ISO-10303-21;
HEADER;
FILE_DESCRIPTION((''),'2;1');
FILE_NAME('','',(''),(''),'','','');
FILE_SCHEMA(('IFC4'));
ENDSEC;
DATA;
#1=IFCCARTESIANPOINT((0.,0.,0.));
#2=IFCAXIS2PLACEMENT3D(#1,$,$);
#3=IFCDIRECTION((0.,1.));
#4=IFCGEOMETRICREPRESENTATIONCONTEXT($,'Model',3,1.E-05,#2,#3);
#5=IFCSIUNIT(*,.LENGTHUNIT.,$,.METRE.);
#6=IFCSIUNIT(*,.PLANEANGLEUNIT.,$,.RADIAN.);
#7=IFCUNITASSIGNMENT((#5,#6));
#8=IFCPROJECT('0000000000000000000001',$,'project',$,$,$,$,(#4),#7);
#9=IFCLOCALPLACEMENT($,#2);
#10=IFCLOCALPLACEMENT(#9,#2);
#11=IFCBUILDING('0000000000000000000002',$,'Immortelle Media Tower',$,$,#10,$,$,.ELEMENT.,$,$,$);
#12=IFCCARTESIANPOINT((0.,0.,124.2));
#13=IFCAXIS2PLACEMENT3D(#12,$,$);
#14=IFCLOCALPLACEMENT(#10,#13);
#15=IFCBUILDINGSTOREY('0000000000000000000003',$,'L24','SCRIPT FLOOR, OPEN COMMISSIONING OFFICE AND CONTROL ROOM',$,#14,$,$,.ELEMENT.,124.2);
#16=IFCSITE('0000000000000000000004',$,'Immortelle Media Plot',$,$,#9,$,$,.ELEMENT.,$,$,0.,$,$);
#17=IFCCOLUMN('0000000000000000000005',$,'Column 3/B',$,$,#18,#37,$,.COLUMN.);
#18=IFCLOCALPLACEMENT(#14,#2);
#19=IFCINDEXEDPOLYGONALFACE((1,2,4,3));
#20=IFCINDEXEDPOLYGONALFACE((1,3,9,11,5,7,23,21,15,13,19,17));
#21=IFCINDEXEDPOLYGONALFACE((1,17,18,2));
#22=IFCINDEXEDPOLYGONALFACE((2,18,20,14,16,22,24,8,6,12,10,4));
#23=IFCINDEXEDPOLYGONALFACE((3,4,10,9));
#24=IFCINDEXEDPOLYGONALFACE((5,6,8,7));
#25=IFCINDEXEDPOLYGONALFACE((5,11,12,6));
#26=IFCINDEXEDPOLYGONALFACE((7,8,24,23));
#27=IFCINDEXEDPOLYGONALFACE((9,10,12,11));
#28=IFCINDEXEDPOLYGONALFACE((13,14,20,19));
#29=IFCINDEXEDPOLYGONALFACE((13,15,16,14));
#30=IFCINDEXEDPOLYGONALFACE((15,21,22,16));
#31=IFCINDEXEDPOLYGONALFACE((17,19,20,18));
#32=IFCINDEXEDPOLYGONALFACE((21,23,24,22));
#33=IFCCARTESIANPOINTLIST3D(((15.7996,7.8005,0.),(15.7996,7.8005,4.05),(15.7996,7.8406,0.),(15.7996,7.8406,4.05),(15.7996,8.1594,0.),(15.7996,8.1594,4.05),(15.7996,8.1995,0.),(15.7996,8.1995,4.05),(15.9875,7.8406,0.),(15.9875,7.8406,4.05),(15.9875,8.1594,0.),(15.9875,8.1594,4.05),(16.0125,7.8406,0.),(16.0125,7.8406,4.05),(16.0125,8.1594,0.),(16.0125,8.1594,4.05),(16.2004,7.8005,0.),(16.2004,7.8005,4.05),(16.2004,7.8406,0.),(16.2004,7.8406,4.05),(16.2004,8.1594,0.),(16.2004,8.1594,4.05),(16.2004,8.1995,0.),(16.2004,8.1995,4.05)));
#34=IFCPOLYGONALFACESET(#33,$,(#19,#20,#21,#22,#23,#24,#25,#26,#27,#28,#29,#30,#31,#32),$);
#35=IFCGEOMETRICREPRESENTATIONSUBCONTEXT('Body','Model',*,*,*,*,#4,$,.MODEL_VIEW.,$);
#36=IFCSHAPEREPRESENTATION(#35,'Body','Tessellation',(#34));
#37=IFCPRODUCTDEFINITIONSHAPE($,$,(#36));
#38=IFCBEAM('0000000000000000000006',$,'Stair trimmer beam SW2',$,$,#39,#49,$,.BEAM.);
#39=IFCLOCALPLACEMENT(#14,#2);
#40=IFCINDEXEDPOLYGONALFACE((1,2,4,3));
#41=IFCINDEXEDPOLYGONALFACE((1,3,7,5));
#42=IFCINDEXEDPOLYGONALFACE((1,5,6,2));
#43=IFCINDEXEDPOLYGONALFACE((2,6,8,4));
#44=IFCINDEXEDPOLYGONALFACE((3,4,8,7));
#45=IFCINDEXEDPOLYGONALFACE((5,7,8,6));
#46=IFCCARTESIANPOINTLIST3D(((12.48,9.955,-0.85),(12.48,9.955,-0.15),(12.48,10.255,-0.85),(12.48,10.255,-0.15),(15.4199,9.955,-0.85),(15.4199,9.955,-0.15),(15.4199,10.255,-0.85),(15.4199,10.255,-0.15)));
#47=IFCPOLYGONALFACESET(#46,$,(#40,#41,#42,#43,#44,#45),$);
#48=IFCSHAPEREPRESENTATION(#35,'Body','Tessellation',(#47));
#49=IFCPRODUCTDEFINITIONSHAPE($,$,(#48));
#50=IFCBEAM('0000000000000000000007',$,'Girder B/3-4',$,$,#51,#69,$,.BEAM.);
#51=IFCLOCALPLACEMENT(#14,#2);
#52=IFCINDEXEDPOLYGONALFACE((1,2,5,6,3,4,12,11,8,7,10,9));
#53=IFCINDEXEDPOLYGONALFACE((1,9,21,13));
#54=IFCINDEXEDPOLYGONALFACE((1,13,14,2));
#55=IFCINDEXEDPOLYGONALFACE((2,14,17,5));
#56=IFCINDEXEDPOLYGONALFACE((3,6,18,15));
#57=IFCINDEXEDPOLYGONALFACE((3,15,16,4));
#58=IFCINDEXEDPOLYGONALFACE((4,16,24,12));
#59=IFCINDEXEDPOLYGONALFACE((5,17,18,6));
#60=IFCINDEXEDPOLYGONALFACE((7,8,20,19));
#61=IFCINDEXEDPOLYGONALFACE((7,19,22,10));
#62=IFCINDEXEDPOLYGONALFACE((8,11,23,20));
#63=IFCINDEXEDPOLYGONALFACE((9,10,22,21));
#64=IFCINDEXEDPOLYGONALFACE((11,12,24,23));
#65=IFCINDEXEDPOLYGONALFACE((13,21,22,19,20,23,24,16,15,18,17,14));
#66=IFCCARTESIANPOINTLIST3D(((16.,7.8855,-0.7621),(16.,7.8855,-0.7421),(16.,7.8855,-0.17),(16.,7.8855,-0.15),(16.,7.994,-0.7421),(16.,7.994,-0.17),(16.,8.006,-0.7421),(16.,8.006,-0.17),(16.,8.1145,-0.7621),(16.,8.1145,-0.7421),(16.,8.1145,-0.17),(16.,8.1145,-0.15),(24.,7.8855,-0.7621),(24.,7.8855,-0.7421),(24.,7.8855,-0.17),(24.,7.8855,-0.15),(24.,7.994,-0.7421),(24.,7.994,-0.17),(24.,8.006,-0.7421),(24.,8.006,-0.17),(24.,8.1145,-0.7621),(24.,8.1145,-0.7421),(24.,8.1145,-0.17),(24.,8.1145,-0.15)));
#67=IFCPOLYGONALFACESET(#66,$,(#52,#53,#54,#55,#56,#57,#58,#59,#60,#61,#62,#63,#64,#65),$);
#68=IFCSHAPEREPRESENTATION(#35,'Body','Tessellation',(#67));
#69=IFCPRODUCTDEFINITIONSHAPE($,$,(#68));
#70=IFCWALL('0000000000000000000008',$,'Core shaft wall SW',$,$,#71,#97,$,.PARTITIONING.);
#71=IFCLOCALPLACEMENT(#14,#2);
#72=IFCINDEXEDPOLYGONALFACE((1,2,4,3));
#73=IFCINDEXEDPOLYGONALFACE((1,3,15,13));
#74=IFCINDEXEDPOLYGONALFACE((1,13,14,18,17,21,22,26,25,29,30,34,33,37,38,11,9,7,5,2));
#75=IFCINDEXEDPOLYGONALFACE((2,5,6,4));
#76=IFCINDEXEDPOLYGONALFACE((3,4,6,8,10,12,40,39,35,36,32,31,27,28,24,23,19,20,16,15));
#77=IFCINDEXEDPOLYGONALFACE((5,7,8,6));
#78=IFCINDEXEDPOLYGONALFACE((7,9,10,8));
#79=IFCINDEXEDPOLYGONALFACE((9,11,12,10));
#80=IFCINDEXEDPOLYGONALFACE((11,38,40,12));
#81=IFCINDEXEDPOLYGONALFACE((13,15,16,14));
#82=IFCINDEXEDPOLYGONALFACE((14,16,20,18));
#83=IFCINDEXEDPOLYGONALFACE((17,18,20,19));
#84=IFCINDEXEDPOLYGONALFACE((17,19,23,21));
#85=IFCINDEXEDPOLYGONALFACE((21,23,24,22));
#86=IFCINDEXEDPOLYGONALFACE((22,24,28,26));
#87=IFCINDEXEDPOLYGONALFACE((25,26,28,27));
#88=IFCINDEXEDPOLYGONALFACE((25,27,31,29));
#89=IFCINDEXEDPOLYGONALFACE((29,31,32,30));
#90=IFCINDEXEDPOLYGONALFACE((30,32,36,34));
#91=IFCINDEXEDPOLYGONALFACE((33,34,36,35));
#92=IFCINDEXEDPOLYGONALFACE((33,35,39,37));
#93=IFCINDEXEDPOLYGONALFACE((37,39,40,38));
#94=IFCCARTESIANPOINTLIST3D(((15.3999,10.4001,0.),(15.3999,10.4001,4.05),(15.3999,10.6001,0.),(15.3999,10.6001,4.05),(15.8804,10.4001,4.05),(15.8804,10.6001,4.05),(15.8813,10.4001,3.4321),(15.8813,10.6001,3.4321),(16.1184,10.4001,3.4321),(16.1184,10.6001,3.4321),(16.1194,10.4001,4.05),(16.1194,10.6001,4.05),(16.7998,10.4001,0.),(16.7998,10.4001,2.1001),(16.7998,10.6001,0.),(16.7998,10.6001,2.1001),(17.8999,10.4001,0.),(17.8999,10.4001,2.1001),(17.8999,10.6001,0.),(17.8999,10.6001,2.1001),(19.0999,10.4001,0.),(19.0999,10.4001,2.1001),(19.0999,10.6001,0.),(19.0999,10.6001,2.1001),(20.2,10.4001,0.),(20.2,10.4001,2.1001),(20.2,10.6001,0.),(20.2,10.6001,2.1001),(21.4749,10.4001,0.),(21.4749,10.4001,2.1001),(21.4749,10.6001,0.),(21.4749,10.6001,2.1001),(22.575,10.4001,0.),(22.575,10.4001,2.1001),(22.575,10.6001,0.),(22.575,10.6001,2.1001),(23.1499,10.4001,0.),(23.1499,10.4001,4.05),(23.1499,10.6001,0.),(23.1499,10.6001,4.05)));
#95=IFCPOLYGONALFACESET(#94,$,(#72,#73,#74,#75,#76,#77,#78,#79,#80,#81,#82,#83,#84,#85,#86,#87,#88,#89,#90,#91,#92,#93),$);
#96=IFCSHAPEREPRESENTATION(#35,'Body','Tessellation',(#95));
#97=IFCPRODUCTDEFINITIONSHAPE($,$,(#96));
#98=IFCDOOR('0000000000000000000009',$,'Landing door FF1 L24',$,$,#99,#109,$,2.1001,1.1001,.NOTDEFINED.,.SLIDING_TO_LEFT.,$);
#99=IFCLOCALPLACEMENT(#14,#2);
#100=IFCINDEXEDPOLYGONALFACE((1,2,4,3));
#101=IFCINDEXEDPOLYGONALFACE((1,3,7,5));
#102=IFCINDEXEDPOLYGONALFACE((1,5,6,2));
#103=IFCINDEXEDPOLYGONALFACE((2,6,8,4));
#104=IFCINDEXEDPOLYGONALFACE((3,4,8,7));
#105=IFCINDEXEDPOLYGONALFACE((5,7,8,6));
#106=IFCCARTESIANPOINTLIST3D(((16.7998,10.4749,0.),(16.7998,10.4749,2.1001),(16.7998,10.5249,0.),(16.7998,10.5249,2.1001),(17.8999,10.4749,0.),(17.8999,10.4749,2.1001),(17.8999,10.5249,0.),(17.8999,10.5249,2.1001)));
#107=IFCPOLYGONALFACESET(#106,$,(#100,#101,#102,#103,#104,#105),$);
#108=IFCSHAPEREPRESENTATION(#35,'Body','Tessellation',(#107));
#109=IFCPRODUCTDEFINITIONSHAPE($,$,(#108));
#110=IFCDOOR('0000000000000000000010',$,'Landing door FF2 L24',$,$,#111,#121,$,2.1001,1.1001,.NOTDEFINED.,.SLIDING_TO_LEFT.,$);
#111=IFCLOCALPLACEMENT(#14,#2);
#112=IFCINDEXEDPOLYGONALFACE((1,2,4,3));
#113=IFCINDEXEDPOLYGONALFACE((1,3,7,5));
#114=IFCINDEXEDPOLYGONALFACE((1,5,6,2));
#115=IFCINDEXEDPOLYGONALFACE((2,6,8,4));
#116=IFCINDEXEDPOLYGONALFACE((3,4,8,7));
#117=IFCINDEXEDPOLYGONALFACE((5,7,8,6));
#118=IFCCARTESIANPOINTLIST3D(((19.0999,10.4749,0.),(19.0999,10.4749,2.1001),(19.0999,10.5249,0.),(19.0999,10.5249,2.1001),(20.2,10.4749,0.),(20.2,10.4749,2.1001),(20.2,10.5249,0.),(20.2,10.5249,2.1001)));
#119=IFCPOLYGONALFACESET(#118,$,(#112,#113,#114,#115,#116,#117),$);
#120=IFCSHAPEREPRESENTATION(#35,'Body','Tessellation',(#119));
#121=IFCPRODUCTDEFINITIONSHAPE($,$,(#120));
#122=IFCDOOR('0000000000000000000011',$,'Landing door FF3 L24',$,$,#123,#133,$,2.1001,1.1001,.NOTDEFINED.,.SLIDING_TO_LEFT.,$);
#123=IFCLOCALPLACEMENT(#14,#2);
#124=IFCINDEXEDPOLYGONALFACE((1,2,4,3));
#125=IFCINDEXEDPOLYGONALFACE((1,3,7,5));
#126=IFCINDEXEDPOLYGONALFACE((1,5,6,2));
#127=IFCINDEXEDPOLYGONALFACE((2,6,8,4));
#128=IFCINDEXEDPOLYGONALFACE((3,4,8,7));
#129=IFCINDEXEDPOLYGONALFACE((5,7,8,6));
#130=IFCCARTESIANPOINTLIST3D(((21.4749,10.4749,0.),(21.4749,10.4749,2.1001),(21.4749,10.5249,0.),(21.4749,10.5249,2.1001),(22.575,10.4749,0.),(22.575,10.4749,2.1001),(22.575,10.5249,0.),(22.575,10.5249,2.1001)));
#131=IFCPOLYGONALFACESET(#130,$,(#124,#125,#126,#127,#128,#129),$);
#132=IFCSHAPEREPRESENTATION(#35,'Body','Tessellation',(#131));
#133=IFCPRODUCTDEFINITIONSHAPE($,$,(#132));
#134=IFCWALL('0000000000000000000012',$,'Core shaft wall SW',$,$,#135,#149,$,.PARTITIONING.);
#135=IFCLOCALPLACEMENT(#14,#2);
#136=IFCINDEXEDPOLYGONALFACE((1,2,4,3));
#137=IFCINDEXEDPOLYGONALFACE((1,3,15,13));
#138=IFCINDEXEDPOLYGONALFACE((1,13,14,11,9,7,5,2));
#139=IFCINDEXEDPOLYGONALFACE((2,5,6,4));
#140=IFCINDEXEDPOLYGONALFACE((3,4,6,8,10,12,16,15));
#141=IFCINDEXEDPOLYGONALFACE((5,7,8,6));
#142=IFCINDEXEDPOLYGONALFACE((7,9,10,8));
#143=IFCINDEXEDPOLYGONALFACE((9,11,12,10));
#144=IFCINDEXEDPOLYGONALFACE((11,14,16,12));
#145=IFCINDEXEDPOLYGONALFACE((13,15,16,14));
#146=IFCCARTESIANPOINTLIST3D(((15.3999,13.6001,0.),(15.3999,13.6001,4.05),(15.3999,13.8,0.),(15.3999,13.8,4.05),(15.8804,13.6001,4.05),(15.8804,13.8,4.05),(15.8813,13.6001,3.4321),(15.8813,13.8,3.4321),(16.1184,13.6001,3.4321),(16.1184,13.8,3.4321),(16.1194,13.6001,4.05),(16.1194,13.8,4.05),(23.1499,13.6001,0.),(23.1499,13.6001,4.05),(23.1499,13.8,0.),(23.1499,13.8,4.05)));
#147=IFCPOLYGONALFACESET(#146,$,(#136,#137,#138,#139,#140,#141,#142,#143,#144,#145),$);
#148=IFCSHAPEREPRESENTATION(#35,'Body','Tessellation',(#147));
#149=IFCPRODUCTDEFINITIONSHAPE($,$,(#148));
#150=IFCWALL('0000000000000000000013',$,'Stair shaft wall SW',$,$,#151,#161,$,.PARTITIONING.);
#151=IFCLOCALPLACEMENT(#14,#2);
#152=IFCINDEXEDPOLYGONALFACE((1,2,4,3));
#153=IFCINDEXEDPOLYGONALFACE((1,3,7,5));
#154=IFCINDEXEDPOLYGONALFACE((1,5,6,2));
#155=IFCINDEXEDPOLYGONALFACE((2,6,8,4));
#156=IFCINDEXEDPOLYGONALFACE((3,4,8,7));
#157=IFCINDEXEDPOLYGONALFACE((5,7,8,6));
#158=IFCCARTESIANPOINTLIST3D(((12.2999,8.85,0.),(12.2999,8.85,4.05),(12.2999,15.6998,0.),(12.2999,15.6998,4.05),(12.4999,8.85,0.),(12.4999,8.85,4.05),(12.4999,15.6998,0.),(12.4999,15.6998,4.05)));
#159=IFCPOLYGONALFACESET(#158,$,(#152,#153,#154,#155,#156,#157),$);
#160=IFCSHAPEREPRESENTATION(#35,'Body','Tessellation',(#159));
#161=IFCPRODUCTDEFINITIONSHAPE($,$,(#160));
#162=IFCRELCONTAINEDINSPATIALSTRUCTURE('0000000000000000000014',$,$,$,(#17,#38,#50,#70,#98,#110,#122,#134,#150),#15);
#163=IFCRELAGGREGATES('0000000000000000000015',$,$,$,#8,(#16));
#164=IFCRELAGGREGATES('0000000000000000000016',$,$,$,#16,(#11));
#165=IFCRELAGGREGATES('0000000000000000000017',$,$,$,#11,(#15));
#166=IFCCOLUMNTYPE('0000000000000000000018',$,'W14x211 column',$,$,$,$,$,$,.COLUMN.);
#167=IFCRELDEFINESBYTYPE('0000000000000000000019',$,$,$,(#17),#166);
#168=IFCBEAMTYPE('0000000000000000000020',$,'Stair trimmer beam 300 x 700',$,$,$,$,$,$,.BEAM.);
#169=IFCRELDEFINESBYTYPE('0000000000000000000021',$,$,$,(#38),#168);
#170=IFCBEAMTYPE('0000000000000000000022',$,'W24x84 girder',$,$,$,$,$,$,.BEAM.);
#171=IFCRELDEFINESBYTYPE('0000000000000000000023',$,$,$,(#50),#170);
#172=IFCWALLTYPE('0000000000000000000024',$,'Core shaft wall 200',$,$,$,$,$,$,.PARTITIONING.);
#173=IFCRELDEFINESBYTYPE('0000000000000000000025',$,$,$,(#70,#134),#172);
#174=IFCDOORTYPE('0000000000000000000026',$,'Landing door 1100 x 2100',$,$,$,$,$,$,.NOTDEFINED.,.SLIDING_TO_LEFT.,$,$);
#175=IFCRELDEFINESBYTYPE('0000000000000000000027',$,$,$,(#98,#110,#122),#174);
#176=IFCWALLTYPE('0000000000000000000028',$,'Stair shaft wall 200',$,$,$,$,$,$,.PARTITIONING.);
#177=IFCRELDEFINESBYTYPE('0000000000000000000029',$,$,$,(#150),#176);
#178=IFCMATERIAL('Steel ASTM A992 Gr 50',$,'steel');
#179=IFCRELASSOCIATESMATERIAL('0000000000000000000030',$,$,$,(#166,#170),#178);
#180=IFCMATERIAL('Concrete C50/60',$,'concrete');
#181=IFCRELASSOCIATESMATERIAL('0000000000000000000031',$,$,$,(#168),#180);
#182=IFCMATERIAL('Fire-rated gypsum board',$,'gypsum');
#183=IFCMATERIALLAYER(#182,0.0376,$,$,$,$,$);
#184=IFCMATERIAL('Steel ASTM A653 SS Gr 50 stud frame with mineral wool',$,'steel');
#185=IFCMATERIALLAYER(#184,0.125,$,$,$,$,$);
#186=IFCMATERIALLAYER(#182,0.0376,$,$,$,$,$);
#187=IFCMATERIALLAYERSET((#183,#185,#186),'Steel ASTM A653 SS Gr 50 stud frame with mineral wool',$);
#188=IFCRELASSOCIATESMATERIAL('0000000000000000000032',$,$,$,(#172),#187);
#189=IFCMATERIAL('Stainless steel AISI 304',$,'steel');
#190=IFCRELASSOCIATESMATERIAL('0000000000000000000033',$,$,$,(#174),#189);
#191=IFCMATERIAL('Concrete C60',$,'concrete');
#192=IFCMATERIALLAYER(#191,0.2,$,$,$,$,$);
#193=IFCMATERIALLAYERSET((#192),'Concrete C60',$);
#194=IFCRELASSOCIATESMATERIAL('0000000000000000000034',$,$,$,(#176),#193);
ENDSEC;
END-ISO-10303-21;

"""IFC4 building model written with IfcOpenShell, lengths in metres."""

from ifc_helpers import new_model, si_unit, direction, frame, frame_2d, origin, origin_2d, place, context, subcontext, project, spatial, polyline, rectangle, i_section, outline, extrude, material, layer, layer_set, material_profile, profile_set, type_object, element, fill, save


model = new_model("IFC4")

# Units and contexts
model_context = context("Model", 3, precision=1e-05, world=origin(), true_north=direction((0.0, 1.0)))
body_context = subcontext(model_context, "Body", "Model", "MODEL_VIEW")
ifc_project = project(units=[si_unit("LENGTHUNIT", "METRE"), si_unit("PLANEANGLEUNIT", "RADIAN")], contexts=[model_context])

# Site, building, storey
site_placement = place(None, origin())
site = spatial("IfcSite", under=ifc_project, at=site_placement, Name="Immortelle Media Plot", CompositionType="ELEMENT", RefElevation=0.0)
building_placement = place(site_placement, origin())
building = spatial("IfcBuilding", under=site, at=building_placement, Name="Immortelle Media Tower", CompositionType="ELEMENT")
storey_placement = place(building_placement, frame((0.0, 0.0, 124.2)))
storey = spatial("IfcBuildingStorey", under=building, at=storey_placement, Name="L24", Description="SCRIPT FLOOR, OPEN COMMISSIONING OFFICE AND CONTROL ROOM", CompositionType="ELEMENT", Elevation=124.2)

# Column
ifc_material_1 = material(Name="Steel ASTM A992 Gr 50", Category="steel")
ifc_material_profile_1 = material_profile(ifc_material_1, i_section(OverallWidth=0.4009, OverallDepth=0.3989, WebThickness=0.0249, FlangeThickness=0.04, at=origin_2d()), Name="W14x211")
ifc_profile_set_1 = profile_set([ifc_material_profile_1], Name="Steel ASTM A992 Gr 50")
column_type = type_object("IfcColumnType", Name="W14x211 column", PredefinedType="COLUMN", material=ifc_profile_set_1)
column_placement = place(storey_placement, frame((16.0, 8.0, 0.0), z_axis=(0.0, 0.0, 1.0), x_axis=(1.0, 0.0, 0.0)))
element("IfcColumn", 1, at=column_placement, inside=storey, type_object=column_type, Name="Column 3/B", PredefinedType="COLUMN", context=body_context, shape_type="SweptSolid", body=[
    extrude(i_section(OverallWidth=0.4009, OverallDepth=0.3989, WebThickness=0.0249, FlangeThickness=0.04, at=origin_2d()), origin(), (0.0, 0.0, 1.0), 4.05),
])

# Beams
ifc_material_2 = material(Name="Concrete C50/60", Category="concrete")
ifc_material_profile_2 = material_profile(ifc_material_2, rectangle(XDim=0.3, YDim=0.7, at=origin_2d()), Name="RC 300x700")
ifc_profile_set_2 = profile_set([ifc_material_profile_2], Name="Concrete C50/60")
beam_type_1 = type_object("IfcBeamType", Name="Stair trimmer beam 300 x 700", PredefinedType="BEAM", material=ifc_profile_set_2)
beam_1_placement = place(storey_placement, frame((12.48, 10.105, -0.5), z_axis=(1.0, 0.0, 0.0), x_axis=(0.0, 1.0, 0.0)))
element("IfcBeam", 2, at=beam_1_placement, inside=storey, type_object=beam_type_1, Name="Stair trimmer beam SW2", PredefinedType="BEAM", context=body_context, shape_type="SweptSolid", body=[
    extrude(rectangle(XDim=0.3, YDim=0.7, at=origin_2d()), origin(), (0.0, 0.0, 1.0), 2.9399),
])
ifc_material_profile_3 = material_profile(ifc_material_1, i_section(OverallWidth=0.229, OverallDepth=0.6121, WebThickness=0.012, FlangeThickness=0.02, at=origin_2d()), Name="W24x84")
ifc_profile_set_3 = profile_set([ifc_material_profile_3], Name="Steel ASTM A992 Gr 50")
beam_type_2 = type_object("IfcBeamType", Name="W24x84 girder", PredefinedType="BEAM", material=ifc_profile_set_3)
beam_2_placement = place(storey_placement, frame((16.0, 8.0, -0.4561), z_axis=(1.0, 0.0, 0.0), x_axis=(0.0, 1.0, 0.0)))
element("IfcBeam", 3, at=beam_2_placement, inside=storey, type_object=beam_type_2, Name="Girder B/3-4", PredefinedType="BEAM", context=body_context, shape_type="SweptSolid", body=[
    extrude(i_section(OverallWidth=0.229, OverallDepth=0.6121, WebThickness=0.012, FlangeThickness=0.02, at=origin_2d()), origin(), (0.0, 0.0, 1.0), 8.0),
])

# Wall, openings, doors
ifc_material_3 = material(Name="Fire-rated gypsum board", Category="gypsum")
ifc_layer_1 = layer(ifc_material_3, 0.0376)
ifc_material_4 = material(Name="Steel ASTM A653 SS Gr 50 stud frame with mineral wool", Category="steel")
ifc_layer_2 = layer(ifc_material_4, 0.125)
ifc_layer_3 = layer(ifc_material_3, 0.0376)
ifc_layer_set_1 = layer_set([ifc_layer_1, ifc_layer_2, ifc_layer_3], Name="Steel ASTM A653 SS Gr 50 stud frame with mineral wool")
wall_type_1 = type_object("IfcWallType", Name="Core shaft wall 200", PredefinedType="PARTITIONING", material=ifc_layer_set_1)
wall_1_placement = place(storey_placement, frame((15.3999, 10.5, 0.0), z_axis=(0.0, 0.0, 1.0), x_axis=(1.0, 0.0, 0.0)))
wall_1 = element("IfcWall", 4, at=wall_1_placement, inside=storey, type_object=wall_type_1, Name="Core shaft wall SW", PredefinedType="PARTITIONING", context=body_context, shape_type="SweptSolid", body=[
    extrude(outline(polyline([(0.0, 0.0), (7.75, 0.0), (7.75, 4.05), (0.7195, 4.05), (0.7185, 3.4321), (0.4814, 3.4321), (0.4805, 4.05), (0.0, 4.05), (0.0, 0.0)])), frame((0.0, 0.1001, 0.0), z_axis=(0.0, -1.0, 0.0), x_axis=(1.0, 0.0, 0.0)), (0.0, 0.0, 1.0), 0.2),
])
opening_1_placement = place(wall_1_placement, frame((1.3999, 0.0, 0.0)))
opening_1 = element("IfcOpeningElement", 5, at=opening_1_placement, cuts=wall_1, PredefinedType="OPENING", context=body_context, shape_type="SweptSolid", body=[
    extrude(rectangle(XDim=1.1001, YDim=2.1001, at=frame_2d((0.55, 1.05))), frame((0.0, 0.1099, 0.0), z_axis=(0.0, -1.0, 0.0), x_axis=(1.0, 0.0, 0.0)), (0.0, 0.0, 1.0), 0.22),
])
opening_2_placement = place(wall_1_placement, frame((3.7, 0.0, 0.0)))
opening_2 = element("IfcOpeningElement", 6, at=opening_2_placement, cuts=wall_1, PredefinedType="OPENING", context=body_context, shape_type="SweptSolid", body=[
    extrude(rectangle(XDim=1.1001, YDim=2.1001, at=frame_2d((0.55, 1.05))), frame((0.0, 0.1099, 0.0), z_axis=(0.0, -1.0, 0.0), x_axis=(1.0, 0.0, 0.0)), (0.0, 0.0, 1.0), 0.22),
])
opening_3_placement = place(wall_1_placement, frame((6.075, 0.0, 0.0)))
opening_3 = element("IfcOpeningElement", 7, at=opening_3_placement, cuts=wall_1, PredefinedType="OPENING", context=body_context, shape_type="SweptSolid", body=[
    extrude(rectangle(XDim=1.1001, YDim=2.1001, at=frame_2d((0.55, 1.05))), frame((0.0, 0.1099, 0.0), z_axis=(0.0, -1.0, 0.0), x_axis=(1.0, 0.0, 0.0)), (0.0, 0.0, 1.0), 0.22),
])
ifc_material_5 = material(Name="Stainless steel AISI 304", Category="steel")
door_type_1 = type_object("IfcDoorType", Name="Landing door 1100 x 2100", OperationType="SLIDING_TO_LEFT", PredefinedType="NOTDEFINED", material=ifc_material_5)
door_1_placement = place(opening_1_placement, origin())
door_1 = element("IfcDoor", 8, at=door_1_placement, inside=storey, type_object=door_type_1, Name="Landing door FF1 L24", OperationType="SLIDING_TO_LEFT", OverallHeight=2.1001, OverallWidth=1.1001, PredefinedType="NOTDEFINED", context=body_context, shape_type="SweptSolid", body=[
    extrude(rectangle(XDim=1.1001, YDim=2.1001, at=frame_2d((0.55, 1.05))), frame((0.0, 0.0249, 0.0), z_axis=(0.0, -1.0, 0.0), x_axis=(1.0, 0.0, 0.0)), (0.0, 0.0, 1.0), 0.05),
])
fill(opening_1, door_1)
door_2_placement = place(opening_2_placement, origin())
door_2 = element("IfcDoor", 9, at=door_2_placement, inside=storey, type_object=door_type_1, Name="Landing door FF2 L24", OperationType="SLIDING_TO_LEFT", OverallHeight=2.1001, OverallWidth=1.1001, PredefinedType="NOTDEFINED", context=body_context, shape_type="SweptSolid", body=[
    extrude(rectangle(XDim=1.1001, YDim=2.1001, at=frame_2d((0.55, 1.05))), frame((0.0, 0.0249, 0.0), z_axis=(0.0, -1.0, 0.0), x_axis=(1.0, 0.0, 0.0)), (0.0, 0.0, 1.0), 0.05),
])
fill(opening_2, door_2)
door_3_placement = place(opening_3_placement, origin())
door_3 = element("IfcDoor", 10, at=door_3_placement, inside=storey, type_object=door_type_1, Name="Landing door FF3 L24", OperationType="SLIDING_TO_LEFT", OverallHeight=2.1001, OverallWidth=1.1001, PredefinedType="NOTDEFINED", context=body_context, shape_type="SweptSolid", body=[
    extrude(rectangle(XDim=1.1001, YDim=2.1001, at=frame_2d((0.55, 1.05))), frame((0.0, 0.0249, 0.0), z_axis=(0.0, -1.0, 0.0), x_axis=(1.0, 0.0, 0.0)), (0.0, 0.0, 1.0), 0.05),
])
fill(opening_3, door_3)

# Walls
wall_2_placement = place(storey_placement, frame((15.3999, 13.7, 0.0), z_axis=(0.0, 0.0, 1.0), x_axis=(1.0, 0.0, 0.0)))
element("IfcWall", 11, at=wall_2_placement, inside=storey, type_object=wall_type_1, Name="Core shaft wall SW", PredefinedType="PARTITIONING", context=body_context, shape_type="SweptSolid", body=[
    extrude(outline(polyline([(0.0, 0.0), (7.75, 0.0), (7.75, 4.05), (0.7195, 4.05), (0.7185, 3.4321), (0.4814, 3.4321), (0.4805, 4.05), (0.0, 4.05), (0.0, 0.0)])), frame((0.0, 0.1001, 0.0), z_axis=(0.0, -1.0, 0.0), x_axis=(1.0, 0.0, 0.0)), (0.0, 0.0, 1.0), 0.2),
])
ifc_material_6 = material(Name="Concrete C60", Category="concrete")
ifc_layer_4 = layer(ifc_material_6, 0.2)
ifc_layer_set_2 = layer_set([ifc_layer_4], Name="Concrete C60")
wall_type_2 = type_object("IfcWallType", Name="Stair shaft wall 200", PredefinedType="PARTITIONING", material=ifc_layer_set_2)
wall_3_placement = place(storey_placement, frame((12.3999, 8.8501, 0.0), z_axis=(0.0, 0.0, 1.0), x_axis=(0.0, 1.0, 0.0)))
element("IfcWall", 12, at=wall_3_placement, inside=storey, type_object=wall_type_2, Name="Stair shaft wall SW", PredefinedType="PARTITIONING", context=body_context, shape_type="SweptSolid", body=[
    extrude(rectangle(XDim=6.8499, YDim=0.2, at=frame_2d((3.4248, 0.0))), origin(), (0.0, 0.0, 1.0), 4.05),
])

save(model, "model.ifc")
